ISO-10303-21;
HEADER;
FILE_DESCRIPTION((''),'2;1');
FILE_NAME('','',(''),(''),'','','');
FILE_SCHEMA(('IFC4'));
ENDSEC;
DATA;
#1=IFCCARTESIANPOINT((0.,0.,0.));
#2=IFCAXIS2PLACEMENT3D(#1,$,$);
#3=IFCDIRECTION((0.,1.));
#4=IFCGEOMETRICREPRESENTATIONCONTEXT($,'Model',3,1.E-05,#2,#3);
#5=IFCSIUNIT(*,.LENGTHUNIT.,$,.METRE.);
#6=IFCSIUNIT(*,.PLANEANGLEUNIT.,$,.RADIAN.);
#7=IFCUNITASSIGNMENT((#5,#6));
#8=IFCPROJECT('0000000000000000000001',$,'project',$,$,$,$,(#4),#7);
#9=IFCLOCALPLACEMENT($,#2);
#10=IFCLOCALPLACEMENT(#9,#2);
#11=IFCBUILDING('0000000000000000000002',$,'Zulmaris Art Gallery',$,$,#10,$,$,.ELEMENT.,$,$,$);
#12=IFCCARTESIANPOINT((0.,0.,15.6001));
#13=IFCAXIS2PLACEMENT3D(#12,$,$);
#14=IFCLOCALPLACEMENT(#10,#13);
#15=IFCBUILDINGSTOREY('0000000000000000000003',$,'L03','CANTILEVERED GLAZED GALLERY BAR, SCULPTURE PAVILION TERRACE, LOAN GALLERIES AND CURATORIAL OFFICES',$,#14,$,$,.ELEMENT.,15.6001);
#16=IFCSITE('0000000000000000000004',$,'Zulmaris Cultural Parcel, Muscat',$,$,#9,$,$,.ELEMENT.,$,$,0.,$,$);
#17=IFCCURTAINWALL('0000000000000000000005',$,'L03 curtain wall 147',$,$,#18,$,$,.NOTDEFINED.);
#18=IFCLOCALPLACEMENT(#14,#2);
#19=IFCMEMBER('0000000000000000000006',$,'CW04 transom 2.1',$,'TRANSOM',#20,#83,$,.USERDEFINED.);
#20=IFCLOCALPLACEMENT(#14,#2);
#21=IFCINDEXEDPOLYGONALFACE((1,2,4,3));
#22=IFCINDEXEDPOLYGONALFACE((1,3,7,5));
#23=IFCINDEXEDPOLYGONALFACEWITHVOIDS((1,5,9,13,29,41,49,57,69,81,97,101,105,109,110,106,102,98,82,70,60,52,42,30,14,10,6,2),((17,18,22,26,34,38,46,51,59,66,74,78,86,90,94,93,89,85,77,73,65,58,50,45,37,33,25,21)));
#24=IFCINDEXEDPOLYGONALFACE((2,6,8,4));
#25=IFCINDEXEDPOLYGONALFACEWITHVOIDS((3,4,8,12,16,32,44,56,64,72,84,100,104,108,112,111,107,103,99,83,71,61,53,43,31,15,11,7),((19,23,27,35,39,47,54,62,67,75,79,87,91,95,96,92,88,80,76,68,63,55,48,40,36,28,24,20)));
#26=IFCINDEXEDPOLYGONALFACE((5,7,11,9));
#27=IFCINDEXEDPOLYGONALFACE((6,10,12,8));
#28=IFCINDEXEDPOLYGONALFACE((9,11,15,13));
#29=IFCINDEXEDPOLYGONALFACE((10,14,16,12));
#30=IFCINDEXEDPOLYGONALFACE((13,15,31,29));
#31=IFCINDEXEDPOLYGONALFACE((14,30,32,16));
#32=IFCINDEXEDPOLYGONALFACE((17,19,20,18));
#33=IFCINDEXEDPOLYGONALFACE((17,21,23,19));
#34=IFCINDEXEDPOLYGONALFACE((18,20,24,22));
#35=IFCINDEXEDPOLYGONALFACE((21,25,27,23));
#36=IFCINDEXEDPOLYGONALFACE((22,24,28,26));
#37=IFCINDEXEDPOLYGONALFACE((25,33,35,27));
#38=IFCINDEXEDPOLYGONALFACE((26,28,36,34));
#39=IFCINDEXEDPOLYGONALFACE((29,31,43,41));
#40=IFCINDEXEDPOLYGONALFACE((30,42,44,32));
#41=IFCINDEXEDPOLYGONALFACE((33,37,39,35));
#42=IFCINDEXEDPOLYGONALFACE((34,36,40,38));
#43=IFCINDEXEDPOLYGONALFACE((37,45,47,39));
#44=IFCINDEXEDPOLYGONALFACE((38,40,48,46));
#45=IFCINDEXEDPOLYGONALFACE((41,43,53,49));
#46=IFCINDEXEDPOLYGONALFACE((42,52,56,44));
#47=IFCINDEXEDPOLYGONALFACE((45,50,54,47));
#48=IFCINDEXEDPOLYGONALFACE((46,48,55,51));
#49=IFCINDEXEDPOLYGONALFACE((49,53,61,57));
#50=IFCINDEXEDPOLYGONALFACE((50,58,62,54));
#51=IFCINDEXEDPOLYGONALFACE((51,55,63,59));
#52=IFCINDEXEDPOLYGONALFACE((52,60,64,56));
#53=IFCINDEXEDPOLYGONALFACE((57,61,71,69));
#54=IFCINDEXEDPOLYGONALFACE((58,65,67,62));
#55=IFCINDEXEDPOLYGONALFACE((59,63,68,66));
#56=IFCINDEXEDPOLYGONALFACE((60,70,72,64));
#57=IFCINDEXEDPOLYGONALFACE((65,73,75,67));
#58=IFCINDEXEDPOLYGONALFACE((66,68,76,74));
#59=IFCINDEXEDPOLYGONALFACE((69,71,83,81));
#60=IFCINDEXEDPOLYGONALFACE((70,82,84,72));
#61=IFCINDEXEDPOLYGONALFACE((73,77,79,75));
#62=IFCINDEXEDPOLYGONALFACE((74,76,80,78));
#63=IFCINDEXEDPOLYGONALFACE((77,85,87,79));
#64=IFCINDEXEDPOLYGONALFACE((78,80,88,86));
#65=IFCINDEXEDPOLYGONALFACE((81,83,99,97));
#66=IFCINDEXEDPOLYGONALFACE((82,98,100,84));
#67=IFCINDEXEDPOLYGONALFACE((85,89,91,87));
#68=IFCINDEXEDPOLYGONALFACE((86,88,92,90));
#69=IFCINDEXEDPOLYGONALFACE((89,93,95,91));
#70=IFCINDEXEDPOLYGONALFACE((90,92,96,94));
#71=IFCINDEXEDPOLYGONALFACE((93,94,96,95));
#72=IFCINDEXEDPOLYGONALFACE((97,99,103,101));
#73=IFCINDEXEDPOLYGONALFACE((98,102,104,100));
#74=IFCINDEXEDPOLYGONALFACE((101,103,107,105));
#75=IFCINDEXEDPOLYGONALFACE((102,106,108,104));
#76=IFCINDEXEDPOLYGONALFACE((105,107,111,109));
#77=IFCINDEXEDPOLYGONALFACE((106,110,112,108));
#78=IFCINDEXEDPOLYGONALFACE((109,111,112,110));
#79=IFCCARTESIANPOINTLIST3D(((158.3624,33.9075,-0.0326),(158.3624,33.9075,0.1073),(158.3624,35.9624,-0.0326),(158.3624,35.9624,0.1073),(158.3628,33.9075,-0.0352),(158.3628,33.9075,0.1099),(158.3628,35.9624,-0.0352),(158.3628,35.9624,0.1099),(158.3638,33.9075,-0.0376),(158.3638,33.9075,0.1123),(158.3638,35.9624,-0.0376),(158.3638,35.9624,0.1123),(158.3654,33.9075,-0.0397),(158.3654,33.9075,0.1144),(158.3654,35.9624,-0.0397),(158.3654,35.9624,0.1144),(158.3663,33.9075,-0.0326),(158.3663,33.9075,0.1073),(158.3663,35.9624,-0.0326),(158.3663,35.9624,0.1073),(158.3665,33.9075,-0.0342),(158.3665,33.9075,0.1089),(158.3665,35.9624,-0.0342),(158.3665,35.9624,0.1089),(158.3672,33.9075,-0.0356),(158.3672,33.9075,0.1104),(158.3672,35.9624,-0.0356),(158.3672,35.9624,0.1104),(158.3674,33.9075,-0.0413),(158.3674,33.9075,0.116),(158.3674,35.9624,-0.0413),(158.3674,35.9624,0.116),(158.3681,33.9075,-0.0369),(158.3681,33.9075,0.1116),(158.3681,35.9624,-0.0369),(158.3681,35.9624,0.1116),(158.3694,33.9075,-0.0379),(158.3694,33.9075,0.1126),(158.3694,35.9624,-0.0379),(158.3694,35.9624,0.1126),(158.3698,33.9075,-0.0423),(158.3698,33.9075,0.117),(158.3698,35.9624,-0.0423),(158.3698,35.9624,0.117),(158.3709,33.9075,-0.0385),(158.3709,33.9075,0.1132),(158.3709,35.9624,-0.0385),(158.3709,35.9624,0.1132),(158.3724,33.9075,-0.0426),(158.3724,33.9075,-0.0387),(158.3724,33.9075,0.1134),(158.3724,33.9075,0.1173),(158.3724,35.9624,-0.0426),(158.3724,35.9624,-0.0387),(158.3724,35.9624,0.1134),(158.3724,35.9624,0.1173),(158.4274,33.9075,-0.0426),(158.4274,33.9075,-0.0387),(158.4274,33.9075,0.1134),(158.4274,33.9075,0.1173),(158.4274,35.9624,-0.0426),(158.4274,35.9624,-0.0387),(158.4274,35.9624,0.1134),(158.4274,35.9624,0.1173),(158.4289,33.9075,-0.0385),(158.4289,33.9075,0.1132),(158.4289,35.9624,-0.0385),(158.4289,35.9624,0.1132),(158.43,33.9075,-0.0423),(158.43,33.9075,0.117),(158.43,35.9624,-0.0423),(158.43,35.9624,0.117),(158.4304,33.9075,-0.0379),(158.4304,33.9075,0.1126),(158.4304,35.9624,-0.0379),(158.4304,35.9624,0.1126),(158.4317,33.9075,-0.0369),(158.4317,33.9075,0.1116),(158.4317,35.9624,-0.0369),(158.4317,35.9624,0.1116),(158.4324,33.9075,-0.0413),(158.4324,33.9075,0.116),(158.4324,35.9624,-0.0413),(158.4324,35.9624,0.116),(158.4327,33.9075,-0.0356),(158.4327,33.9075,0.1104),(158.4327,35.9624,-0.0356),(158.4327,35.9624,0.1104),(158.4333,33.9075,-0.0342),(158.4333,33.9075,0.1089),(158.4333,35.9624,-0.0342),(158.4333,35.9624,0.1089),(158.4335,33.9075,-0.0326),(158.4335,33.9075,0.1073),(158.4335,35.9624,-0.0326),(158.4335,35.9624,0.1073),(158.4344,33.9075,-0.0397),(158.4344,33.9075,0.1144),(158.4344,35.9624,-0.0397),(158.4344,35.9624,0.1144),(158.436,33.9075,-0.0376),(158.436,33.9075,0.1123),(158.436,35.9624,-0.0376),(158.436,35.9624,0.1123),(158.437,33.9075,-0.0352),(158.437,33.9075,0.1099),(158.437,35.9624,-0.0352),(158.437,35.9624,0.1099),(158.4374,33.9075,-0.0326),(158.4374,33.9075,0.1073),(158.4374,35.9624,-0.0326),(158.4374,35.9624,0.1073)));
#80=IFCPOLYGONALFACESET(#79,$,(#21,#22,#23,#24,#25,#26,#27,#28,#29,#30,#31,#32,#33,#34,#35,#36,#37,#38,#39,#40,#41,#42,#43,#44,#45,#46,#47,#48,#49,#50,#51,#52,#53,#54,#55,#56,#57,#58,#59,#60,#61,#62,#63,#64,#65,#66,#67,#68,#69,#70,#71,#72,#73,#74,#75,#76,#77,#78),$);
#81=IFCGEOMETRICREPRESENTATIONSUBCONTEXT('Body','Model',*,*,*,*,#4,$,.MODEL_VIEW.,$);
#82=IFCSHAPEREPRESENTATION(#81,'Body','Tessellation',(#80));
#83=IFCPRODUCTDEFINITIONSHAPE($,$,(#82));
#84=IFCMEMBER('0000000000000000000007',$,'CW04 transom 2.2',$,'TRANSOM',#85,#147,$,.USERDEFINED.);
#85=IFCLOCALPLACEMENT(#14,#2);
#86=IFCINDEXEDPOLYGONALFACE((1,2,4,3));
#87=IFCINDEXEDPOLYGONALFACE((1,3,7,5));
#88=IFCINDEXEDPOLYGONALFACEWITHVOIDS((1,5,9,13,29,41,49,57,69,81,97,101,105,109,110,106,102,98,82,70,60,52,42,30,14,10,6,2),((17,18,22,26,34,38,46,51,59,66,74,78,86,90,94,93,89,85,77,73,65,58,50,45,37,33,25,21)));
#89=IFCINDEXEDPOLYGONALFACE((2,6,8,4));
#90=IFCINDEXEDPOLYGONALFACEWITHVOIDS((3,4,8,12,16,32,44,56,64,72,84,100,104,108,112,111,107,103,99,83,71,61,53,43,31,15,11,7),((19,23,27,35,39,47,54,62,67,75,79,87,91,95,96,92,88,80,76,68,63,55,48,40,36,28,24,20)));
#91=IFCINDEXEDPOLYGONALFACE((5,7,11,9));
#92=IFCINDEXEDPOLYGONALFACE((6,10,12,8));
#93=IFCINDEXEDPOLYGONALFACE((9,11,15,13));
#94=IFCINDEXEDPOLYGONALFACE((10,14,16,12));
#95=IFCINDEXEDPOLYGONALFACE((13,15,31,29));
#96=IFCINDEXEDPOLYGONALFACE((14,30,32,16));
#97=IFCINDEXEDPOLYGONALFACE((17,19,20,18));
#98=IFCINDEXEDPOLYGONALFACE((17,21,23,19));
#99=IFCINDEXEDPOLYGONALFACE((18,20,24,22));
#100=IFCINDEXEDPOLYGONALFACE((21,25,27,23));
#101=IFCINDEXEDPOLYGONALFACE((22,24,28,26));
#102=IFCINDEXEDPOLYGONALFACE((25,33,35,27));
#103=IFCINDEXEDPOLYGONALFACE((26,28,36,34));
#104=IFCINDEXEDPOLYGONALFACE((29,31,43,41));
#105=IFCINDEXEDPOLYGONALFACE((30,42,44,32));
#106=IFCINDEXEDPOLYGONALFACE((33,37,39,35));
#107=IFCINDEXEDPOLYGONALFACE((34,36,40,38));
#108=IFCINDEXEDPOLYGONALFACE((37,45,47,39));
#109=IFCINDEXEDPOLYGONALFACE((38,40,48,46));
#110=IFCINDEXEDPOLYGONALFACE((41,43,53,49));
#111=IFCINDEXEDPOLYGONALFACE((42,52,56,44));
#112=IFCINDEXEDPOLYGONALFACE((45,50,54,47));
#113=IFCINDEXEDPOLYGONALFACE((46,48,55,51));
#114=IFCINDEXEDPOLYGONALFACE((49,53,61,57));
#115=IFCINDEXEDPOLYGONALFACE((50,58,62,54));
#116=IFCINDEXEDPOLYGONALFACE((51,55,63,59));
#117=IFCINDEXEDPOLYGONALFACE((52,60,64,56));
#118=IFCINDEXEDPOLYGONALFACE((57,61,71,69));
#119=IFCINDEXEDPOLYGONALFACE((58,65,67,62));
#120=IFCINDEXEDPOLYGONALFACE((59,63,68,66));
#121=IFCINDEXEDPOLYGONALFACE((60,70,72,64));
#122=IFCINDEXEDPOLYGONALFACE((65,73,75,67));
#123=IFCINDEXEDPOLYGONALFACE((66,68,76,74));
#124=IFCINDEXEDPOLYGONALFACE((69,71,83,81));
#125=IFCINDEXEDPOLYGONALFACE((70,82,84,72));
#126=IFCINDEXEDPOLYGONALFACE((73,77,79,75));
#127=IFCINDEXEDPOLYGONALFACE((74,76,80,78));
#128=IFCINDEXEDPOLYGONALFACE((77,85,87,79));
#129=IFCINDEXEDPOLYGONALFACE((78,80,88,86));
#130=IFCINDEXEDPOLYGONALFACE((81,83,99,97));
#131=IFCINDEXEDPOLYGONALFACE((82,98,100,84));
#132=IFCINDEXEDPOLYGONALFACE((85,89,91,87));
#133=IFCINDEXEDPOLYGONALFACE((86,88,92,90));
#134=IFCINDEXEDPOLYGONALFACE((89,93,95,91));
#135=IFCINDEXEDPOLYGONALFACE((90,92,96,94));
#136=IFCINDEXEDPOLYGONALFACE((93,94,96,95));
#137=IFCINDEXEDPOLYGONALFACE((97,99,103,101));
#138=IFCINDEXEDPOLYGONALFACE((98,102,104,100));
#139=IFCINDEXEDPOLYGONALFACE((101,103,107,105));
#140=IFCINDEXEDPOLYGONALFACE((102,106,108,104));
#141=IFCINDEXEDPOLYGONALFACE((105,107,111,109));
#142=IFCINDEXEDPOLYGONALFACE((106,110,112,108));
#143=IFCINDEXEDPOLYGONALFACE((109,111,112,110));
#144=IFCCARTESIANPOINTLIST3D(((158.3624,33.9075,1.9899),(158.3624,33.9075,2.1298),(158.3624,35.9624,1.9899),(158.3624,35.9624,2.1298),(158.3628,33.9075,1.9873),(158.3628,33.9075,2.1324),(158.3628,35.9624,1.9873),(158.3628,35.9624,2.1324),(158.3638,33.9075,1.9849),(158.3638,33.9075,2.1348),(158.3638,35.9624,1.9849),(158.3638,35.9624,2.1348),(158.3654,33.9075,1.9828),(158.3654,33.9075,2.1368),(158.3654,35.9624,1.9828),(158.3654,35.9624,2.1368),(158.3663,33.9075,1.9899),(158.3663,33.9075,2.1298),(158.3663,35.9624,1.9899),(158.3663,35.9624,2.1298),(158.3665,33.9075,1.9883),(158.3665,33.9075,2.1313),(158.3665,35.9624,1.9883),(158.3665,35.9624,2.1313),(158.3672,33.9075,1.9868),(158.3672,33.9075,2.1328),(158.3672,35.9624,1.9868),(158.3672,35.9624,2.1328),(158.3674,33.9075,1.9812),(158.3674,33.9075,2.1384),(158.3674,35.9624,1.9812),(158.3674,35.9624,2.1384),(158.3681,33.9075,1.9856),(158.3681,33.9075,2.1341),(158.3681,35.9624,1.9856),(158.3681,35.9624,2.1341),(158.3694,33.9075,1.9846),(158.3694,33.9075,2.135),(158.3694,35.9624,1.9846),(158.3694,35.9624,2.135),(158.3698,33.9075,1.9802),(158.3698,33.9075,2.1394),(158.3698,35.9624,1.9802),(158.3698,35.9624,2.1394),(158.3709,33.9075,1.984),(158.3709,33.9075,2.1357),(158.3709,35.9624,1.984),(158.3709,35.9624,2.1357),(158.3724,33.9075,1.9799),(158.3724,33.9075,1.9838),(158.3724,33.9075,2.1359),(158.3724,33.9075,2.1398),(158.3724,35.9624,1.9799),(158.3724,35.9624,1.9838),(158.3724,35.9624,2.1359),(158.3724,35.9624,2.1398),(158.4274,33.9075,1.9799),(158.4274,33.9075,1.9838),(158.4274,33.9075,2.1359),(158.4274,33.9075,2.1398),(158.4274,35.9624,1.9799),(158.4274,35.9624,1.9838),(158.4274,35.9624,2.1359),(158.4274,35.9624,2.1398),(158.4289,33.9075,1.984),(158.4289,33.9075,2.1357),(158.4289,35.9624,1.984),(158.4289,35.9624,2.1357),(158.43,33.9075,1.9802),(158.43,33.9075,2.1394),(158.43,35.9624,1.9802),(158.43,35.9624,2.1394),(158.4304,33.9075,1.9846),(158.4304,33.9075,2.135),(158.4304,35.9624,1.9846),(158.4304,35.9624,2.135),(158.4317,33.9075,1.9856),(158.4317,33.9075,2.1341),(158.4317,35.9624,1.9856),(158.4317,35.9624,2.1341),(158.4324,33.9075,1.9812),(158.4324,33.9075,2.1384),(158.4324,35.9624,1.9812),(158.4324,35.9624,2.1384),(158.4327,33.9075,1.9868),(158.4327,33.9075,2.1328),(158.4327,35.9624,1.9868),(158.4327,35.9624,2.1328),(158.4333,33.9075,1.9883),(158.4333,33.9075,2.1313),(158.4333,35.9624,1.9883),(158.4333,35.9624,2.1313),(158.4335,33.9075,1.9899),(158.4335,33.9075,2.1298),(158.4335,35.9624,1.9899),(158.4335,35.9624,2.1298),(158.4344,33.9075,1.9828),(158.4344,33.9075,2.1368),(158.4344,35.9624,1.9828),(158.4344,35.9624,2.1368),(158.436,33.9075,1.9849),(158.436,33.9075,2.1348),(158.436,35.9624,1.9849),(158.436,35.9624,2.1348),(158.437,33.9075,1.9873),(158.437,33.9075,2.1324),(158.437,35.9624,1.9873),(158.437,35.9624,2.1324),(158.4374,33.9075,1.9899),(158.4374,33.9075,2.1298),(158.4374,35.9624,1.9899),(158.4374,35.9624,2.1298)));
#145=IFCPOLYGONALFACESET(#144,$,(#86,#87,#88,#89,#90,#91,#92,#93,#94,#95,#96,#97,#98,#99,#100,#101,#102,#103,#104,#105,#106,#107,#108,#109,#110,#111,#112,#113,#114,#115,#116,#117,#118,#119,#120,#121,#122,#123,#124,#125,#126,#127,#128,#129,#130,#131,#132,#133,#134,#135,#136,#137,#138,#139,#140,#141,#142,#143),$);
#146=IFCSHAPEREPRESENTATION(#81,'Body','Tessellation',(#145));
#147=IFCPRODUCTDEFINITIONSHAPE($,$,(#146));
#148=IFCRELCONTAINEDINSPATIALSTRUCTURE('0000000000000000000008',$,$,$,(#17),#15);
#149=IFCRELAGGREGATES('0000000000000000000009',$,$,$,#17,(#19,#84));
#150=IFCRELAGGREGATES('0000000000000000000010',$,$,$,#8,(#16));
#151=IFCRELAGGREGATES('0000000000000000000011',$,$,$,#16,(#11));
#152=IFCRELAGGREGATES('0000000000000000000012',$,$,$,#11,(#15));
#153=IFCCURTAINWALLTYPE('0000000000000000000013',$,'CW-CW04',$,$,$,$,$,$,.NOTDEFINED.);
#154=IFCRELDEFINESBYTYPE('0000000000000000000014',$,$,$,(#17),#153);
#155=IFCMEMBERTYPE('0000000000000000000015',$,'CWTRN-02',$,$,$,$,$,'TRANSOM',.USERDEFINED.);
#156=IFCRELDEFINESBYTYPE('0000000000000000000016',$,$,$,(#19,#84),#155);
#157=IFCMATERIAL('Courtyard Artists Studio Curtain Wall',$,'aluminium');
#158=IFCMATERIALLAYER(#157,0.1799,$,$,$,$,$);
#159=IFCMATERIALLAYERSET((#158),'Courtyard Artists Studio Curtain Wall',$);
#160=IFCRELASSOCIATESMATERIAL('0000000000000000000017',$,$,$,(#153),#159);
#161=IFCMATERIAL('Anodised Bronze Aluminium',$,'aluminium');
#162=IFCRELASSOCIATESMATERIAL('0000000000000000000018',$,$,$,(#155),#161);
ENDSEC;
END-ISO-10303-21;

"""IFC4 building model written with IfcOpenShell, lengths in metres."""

from ifc_helpers import new_model, si_unit, direction, frame, origin, origin_2d, place, context, subcontext, project, spatial, hollow_rectangle, extrude, material, layer, layer_set, material_profile, profile_set, type_object, element, aggregate, save


model = new_model("IFC4")

# Units and contexts
model_context = context("Model", 3, precision=1e-05, world=origin(), true_north=direction((0.0, 1.0)))
body_context = subcontext(model_context, "Body", "Model", "MODEL_VIEW")
ifc_project = project(units=[si_unit("LENGTHUNIT", "METRE"), si_unit("PLANEANGLEUNIT", "RADIAN")], contexts=[model_context])

# Site, building, storey
site_placement = place(None, origin())
site = spatial("IfcSite", under=ifc_project, at=site_placement, Name="Zulmaris Cultural Parcel, Muscat", CompositionType="ELEMENT", RefElevation=0.0)
building_placement = place(site_placement, origin())
building = spatial("IfcBuilding", under=site, at=building_placement, Name="Zulmaris Art Gallery", CompositionType="ELEMENT")
storey_placement = place(building_placement, frame((0.0, 0.0, 15.6001)))
storey = spatial("IfcBuildingStorey", under=building, at=storey_placement, Name="L03", Description="CANTILEVERED GLAZED GALLERY BAR, SCULPTURE PAVILION TERRACE, LOAN GALLERIES AND CURATORIAL OFFICES", CompositionType="ELEMENT", Elevation=15.6001)

# Curtain wall
ifc_material_1 = material(Name="Courtyard Artists Studio Curtain Wall", Category="aluminium")
ifc_layer_1 = layer(ifc_material_1, 0.1799)
ifc_layer_set_1 = layer_set([ifc_layer_1], Name="Courtyard Artists Studio Curtain Wall")
curtain_wall_type = type_object("IfcCurtainWallType", Name="CW-CW04", PredefinedType="NOTDEFINED", material=ifc_layer_set_1)
curtain_wall_1_placement = place(storey_placement, origin())
curtain_wall_1 = element("IfcCurtainWall", 1, at=curtain_wall_1_placement, inside=storey, type_object=curtain_wall_type, Name="L03 curtain wall 147", PredefinedType="NOTDEFINED")
ifc_material_2 = material(Name="Anodised Bronze Aluminium", Category="aluminium")

# Members
ifc_material_profile_1 = material_profile(ifc_material_2, hollow_rectangle(XDim=0.075, YDim=0.1599, WallThickness=0.0039, InnerFilletRadius=0.0061, OuterFilletRadius=0.01, at=origin_2d()), Name="ALU 75x160x4")
ifc_profile_set_1 = profile_set([ifc_material_profile_1], Name="Anodised Bronze Aluminium")
member_type_1 = type_object("IfcMemberType", Name="CWTRN-02", ElementType="TRANSOM", PredefinedType="USERDEFINED", material=ifc_profile_set_1)
member_1_placement = place(storey_placement, frame((158.3999, 33.9075, 0.0374), z_axis=(0.0, 1.0, 0.0), x_axis=(-1.0, 0.0, 0.0)))
member_1 = element("IfcMember", 2, at=member_1_placement, type_object=member_type_1, Name="CW04 transom 2.1", ObjectType="TRANSOM", PredefinedType="USERDEFINED", context=body_context, shape_type="SweptSolid", body=[
    extrude(hollow_rectangle(XDim=0.075, YDim=0.1599, WallThickness=0.0039, InnerFilletRadius=0.0061, OuterFilletRadius=0.01, at=origin_2d()), origin(), (0.0, 0.0, 1.0), 2.0549),
])
member_2_placement = place(storey_placement, frame((158.3999, 33.9075, 2.0598), z_axis=(0.0, 1.0, 0.0), x_axis=(-1.0, 0.0, 0.0)))
member_2 = element("IfcMember", 3, at=member_2_placement, type_object=member_type_1, Name="CW04 transom 2.2", ObjectType="TRANSOM", PredefinedType="USERDEFINED", context=body_context, shape_type="SweptSolid", body=[
    extrude(hollow_rectangle(XDim=0.075, YDim=0.1599, WallThickness=0.0039, InnerFilletRadius=0.0061, OuterFilletRadius=0.01, at=origin_2d()), origin(), (0.0, 0.0, 1.0), 2.0549),
])

aggregate(curtain_wall_1, [member_1, member_2])

save(model, "model.ifc")
